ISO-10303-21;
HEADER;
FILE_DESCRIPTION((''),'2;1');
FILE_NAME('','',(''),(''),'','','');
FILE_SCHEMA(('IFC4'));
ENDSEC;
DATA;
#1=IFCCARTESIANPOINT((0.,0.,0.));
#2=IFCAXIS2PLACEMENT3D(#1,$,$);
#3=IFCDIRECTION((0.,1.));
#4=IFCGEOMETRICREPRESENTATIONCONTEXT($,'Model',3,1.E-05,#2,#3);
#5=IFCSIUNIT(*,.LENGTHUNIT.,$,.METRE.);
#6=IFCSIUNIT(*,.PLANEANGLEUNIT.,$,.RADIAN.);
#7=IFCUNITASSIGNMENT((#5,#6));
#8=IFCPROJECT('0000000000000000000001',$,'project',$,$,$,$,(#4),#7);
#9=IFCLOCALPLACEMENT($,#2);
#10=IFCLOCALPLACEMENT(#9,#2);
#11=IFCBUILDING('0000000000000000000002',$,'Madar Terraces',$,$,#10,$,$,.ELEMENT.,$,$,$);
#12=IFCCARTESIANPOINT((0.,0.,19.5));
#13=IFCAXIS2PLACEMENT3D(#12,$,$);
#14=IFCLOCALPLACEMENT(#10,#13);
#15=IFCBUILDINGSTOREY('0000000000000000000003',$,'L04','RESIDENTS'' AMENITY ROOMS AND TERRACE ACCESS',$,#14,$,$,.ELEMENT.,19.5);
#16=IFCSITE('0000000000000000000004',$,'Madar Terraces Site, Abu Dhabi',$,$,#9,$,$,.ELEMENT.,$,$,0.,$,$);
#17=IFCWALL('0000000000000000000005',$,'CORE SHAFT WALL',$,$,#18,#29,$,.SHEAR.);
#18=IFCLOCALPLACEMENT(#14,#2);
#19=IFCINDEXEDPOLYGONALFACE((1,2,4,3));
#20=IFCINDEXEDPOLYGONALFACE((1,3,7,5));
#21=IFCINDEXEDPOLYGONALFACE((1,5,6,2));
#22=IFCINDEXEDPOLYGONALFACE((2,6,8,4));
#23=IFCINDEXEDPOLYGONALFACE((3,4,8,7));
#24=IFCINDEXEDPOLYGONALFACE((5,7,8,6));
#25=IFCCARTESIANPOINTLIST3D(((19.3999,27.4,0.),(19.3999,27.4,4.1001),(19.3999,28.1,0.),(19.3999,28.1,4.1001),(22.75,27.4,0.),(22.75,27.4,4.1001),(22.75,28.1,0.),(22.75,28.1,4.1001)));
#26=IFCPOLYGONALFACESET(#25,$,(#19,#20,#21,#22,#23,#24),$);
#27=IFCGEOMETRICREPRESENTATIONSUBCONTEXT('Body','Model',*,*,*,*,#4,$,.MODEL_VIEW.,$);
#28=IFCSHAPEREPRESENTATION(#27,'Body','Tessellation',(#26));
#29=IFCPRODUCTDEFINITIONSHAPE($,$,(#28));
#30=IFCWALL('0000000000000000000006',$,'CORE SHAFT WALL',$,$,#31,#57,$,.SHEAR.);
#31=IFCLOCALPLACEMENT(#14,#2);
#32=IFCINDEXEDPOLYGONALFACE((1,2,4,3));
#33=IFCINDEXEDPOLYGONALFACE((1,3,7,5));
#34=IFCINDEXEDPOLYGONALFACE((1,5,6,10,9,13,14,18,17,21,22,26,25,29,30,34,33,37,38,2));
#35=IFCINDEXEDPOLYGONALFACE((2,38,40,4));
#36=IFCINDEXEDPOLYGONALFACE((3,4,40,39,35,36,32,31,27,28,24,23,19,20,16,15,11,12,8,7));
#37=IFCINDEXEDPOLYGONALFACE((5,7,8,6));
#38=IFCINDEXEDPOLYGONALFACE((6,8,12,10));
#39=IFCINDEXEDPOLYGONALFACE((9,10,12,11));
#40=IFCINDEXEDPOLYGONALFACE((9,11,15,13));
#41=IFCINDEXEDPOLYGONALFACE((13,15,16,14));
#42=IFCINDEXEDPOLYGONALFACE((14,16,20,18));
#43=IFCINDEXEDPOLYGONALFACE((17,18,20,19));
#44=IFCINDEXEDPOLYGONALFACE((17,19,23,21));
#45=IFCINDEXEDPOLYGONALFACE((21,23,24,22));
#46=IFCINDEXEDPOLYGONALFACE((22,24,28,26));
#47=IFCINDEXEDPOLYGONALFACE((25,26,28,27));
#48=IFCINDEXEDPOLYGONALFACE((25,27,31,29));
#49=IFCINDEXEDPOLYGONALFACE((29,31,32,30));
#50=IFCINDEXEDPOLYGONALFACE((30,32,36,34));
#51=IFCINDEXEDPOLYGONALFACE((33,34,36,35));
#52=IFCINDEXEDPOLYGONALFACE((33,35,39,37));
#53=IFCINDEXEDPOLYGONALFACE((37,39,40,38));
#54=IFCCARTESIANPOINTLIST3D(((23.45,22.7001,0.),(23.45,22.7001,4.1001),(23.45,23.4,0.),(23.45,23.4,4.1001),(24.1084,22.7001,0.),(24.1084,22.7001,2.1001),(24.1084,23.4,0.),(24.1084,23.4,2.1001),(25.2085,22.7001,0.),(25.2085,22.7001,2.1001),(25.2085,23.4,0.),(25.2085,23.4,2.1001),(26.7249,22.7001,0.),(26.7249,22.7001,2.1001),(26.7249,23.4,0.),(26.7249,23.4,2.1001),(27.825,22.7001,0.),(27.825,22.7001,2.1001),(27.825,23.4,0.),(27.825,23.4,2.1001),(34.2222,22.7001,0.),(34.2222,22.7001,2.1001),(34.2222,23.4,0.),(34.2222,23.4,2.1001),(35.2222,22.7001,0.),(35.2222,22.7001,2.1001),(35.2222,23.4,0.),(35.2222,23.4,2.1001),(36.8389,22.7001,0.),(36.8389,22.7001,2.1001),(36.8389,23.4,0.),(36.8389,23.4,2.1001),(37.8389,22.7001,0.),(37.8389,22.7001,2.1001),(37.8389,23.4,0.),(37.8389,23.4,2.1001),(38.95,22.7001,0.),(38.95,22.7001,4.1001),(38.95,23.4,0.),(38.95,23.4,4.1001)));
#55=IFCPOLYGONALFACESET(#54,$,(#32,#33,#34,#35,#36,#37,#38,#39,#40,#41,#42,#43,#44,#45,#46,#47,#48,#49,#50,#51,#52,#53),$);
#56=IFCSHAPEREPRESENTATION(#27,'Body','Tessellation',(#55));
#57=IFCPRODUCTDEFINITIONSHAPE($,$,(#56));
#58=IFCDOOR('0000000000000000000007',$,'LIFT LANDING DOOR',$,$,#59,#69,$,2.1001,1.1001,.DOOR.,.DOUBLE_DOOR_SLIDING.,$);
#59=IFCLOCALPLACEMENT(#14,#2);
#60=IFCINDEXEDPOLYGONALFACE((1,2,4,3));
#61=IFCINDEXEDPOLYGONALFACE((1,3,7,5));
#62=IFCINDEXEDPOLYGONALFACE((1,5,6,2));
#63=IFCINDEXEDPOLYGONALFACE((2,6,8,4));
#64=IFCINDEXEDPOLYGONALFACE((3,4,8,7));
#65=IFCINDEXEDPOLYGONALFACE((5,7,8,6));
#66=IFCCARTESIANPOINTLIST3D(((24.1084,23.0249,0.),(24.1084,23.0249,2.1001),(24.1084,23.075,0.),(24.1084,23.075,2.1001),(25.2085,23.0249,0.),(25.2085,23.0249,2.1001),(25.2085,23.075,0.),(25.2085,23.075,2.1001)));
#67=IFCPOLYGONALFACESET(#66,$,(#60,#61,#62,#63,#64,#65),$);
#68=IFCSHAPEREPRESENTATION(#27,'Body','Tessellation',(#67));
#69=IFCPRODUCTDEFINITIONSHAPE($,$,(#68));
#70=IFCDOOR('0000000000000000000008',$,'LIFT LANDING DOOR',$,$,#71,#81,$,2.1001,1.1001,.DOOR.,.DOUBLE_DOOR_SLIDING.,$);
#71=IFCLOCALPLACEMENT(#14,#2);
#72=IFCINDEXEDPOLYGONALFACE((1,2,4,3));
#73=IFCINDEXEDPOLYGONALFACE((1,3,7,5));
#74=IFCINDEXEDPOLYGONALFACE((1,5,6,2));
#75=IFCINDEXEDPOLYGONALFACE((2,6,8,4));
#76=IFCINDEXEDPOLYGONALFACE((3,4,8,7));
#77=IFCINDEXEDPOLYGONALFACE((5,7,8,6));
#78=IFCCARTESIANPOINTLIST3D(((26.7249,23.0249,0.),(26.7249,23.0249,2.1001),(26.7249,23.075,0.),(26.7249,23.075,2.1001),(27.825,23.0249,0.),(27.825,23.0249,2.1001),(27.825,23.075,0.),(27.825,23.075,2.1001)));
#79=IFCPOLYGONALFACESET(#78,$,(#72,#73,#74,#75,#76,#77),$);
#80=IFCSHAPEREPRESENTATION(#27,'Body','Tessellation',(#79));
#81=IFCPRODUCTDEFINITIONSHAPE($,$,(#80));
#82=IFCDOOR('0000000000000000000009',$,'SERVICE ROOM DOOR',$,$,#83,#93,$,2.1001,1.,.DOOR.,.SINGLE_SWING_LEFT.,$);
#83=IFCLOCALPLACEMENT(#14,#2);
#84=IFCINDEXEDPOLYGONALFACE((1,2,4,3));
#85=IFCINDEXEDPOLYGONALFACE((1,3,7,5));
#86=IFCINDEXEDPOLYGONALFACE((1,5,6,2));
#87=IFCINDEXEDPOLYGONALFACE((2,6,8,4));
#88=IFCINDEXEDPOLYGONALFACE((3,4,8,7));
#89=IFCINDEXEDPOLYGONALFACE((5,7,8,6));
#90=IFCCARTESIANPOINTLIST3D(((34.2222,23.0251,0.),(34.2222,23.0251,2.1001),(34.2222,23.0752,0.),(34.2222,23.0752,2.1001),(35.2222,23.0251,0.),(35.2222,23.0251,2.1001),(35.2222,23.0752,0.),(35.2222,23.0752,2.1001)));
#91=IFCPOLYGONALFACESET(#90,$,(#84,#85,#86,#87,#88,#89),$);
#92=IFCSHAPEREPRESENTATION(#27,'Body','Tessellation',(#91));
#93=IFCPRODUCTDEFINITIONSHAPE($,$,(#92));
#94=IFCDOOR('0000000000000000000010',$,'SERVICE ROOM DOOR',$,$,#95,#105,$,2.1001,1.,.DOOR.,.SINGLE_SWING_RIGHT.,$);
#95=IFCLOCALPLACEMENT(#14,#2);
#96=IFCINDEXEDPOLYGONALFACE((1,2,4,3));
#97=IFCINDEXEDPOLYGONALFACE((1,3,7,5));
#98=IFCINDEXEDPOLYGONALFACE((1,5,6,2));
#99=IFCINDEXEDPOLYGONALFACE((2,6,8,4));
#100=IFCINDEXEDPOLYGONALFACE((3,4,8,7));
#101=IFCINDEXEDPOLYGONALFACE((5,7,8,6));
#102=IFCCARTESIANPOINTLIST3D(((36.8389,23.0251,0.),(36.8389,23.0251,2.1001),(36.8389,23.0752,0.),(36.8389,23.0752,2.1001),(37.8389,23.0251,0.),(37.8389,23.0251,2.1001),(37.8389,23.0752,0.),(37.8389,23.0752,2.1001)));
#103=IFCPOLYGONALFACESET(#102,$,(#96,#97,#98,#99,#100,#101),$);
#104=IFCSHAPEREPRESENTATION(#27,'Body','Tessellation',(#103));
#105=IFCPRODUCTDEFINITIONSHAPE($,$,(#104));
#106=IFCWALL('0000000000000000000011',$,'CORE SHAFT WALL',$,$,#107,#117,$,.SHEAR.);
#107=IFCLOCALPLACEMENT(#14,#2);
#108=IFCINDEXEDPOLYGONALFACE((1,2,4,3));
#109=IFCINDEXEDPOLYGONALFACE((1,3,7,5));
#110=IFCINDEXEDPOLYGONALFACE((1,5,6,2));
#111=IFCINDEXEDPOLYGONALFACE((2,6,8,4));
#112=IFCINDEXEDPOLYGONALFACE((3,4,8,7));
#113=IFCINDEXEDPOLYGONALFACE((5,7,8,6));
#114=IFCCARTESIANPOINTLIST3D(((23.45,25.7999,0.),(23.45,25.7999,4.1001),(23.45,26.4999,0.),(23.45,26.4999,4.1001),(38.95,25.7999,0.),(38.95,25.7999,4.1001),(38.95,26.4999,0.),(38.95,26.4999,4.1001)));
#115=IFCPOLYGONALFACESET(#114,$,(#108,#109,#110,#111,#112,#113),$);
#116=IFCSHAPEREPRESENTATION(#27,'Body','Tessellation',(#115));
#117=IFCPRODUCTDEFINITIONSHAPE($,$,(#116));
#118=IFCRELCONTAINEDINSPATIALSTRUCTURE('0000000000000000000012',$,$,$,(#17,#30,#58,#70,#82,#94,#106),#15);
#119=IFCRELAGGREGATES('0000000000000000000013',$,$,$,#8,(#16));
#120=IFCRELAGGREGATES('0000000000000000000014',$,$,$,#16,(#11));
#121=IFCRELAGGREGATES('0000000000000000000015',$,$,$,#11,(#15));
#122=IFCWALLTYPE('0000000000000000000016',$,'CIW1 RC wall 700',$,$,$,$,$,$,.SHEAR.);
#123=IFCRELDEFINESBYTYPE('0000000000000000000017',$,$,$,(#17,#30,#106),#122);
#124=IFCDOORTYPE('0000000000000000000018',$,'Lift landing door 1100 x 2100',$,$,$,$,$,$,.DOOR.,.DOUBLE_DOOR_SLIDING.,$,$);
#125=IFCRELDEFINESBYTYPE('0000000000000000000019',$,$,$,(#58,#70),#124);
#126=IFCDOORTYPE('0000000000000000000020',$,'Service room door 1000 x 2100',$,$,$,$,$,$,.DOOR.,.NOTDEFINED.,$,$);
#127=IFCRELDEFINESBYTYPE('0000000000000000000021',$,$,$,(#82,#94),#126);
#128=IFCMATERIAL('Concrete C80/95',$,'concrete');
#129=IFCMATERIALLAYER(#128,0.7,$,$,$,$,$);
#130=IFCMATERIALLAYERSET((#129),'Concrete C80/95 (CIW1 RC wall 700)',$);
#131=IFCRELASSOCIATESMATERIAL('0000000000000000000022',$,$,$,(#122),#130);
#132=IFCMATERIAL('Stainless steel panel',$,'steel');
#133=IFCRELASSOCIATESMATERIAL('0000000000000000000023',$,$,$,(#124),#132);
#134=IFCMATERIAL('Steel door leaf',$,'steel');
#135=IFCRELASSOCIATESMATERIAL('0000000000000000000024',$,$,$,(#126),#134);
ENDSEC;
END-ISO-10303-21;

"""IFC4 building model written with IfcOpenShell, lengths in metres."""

from ifc_helpers import new_model, si_unit, direction, frame, frame_2d, origin, place, context, subcontext, project, spatial, rectangle, extrude, material, layer, layer_set, type_object, element, fill, save


model = new_model("IFC4")

# Units and contexts
model_context = context("Model", 3, precision=1e-05, world=origin(), true_north=direction((0.0, 1.0)))
body_context = subcontext(model_context, "Body", "Model", "MODEL_VIEW")
ifc_project = project(units=[si_unit("LENGTHUNIT", "METRE"), si_unit("PLANEANGLEUNIT", "RADIAN")], contexts=[model_context])

# Site, building, storey
site_placement = place(None, origin())
site = spatial("IfcSite", under=ifc_project, at=site_placement, Name="Madar Terraces Site, Abu Dhabi", CompositionType="ELEMENT", RefElevation=0.0)
building_placement = place(site_placement, origin())
building = spatial("IfcBuilding", under=site, at=building_placement, Name="Madar Terraces", CompositionType="ELEMENT")
storey_placement = place(building_placement, frame((0.0, 0.0, 19.5)))
storey = spatial("IfcBuildingStorey", under=building, at=storey_placement, Name="L04", Description="RESIDENTS' AMENITY ROOMS AND TERRACE ACCESS", CompositionType="ELEMENT", Elevation=19.5)

# Wall
ifc_material_1 = material(Name="Concrete C80/95", Category="concrete")
ifc_layer_1 = layer(ifc_material_1, 0.7)
ifc_layer_set_1 = layer_set([ifc_layer_1], Name="Concrete C80/95 (CIW1 RC wall 700)")
wall_type_1 = type_object("IfcWallType", Name="CIW1 RC wall 700", PredefinedType="SHEAR", material=ifc_layer_set_1)
wall_1_placement = place(storey_placement, frame((19.3999, 27.75, 0.0), z_axis=(0.0, 0.0, 1.0), x_axis=(1.0, 0.0, 0.0)))
element("IfcWall", 1, at=wall_1_placement, inside=storey, type_object=wall_type_1, Name="CORE SHAFT WALL", PredefinedType="SHEAR", context=body_context, shape_type="SweptSolid", body=[
    extrude(rectangle(XDim=3.3501, YDim=0.7, at=frame_2d((1.675, 0.0))), origin(), (0.0, 0.0, 1.0), 4.1001),
])

# Wall, openings, doors
wall_2_placement = place(storey_placement, frame((23.45, 23.05, 0.0), z_axis=(0.0, 0.0, 1.0), x_axis=(1.0, 0.0, 0.0)))
wall_2 = element("IfcWall", 2, at=wall_2_placement, inside=storey, type_object=wall_type_1, Name="CORE SHAFT WALL", PredefinedType="SHEAR", context=body_context, shape_type="SweptSolid", body=[
    extrude(rectangle(XDim=15.5, YDim=0.7, at=frame_2d((7.75, 0.0))), origin(), (0.0, 0.0, 1.0), 4.1001),
])
opening_1_placement = place(wall_2_placement, frame((0.6584, 0.0, 0.0)))
opening_1 = element("IfcOpeningElement", 3, at=opening_1_placement, cuts=wall_2, PredefinedType="OPENING", context=body_context, shape_type="SweptSolid", body=[
    extrude(rectangle(XDim=1.1001, YDim=2.1001, at=frame_2d((0.55, 1.05))), frame((0.0, 0.3599, 0.0), z_axis=(0.0, -1.0, 0.0), x_axis=(1.0, 0.0, 0.0)), (0.0, 0.0, 1.0), 0.72),
])
opening_2_placement = place(wall_2_placement, frame((3.2749, 0.0, 0.0)))
opening_2 = element("IfcOpeningElement", 4, at=opening_2_placement, cuts=wall_2, PredefinedType="OPENING", context=body_context, shape_type="SweptSolid", body=[
    extrude(rectangle(XDim=1.1001, YDim=2.1001, at=frame_2d((0.55, 1.05))), frame((0.0, 0.3599, 0.0), z_axis=(0.0, -1.0, 0.0), x_axis=(1.0, 0.0, 0.0)), (0.0, 0.0, 1.0), 0.72),
])
opening_3_placement = place(wall_2_placement, frame((10.7722, 0.0, 0.0)))
opening_3 = element("IfcOpeningElement", 5, at=opening_3_placement, cuts=wall_2, PredefinedType="OPENING", context=body_context, shape_type="SweptSolid", body=[
    extrude(rectangle(XDim=1.0, YDim=2.1001, at=frame_2d((0.5, 1.05))), frame((0.0, 0.3599, 0.0), z_axis=(0.0, -1.0, 0.0), x_axis=(1.0, 0.0, 0.0)), (0.0, 0.0, 1.0), 0.72),
])
opening_4_placement = place(wall_2_placement, frame((13.3889, 0.0, 0.0)))
opening_4 = element("IfcOpeningElement", 6, at=opening_4_placement, cuts=wall_2, PredefinedType="OPENING", context=body_context, shape_type="SweptSolid", body=[
    extrude(rectangle(XDim=1.0, YDim=2.1001, at=frame_2d((0.5, 1.05))), frame((0.0, 0.3599, 0.0), z_axis=(0.0, -1.0, 0.0), x_axis=(1.0, 0.0, 0.0)), (0.0, 0.0, 1.0), 0.72),
])
ifc_material_2 = material(Name="Stainless steel panel", Category="steel")
door_type_1 = type_object("IfcDoorType", Name="Lift landing door 1100 x 2100", OperationType="DOUBLE_DOOR_SLIDING", PredefinedType="DOOR", material=ifc_material_2)
door_1_placement = place(opening_1_placement, origin())
door_1 = element("IfcDoor", 7, at=door_1_placement, inside=storey, type_object=door_type_1, Name="LIFT LANDING DOOR", OperationType="DOUBLE_DOOR_SLIDING", OverallHeight=2.1001, OverallWidth=1.1001, PredefinedType="DOOR", context=body_context, shape_type="SweptSolid", body=[
    extrude(rectangle(XDim=1.1001, YDim=2.1001, at=frame_2d((0.55, 1.05))), frame((0.0, 0.0249, 0.0), z_axis=(0.0, -1.0, 0.0), x_axis=(1.0, 0.0, 0.0)), (0.0, 0.0, 1.0), 0.05),
])
fill(opening_1, door_1)
door_2_placement = place(opening_2_placement, origin())
door_2 = element("IfcDoor", 8, at=door_2_placement, inside=storey, type_object=door_type_1, Name="LIFT LANDING DOOR", OperationType="DOUBLE_DOOR_SLIDING", OverallHeight=2.1001, OverallWidth=1.1001, PredefinedType="DOOR", context=body_context, shape_type="SweptSolid", body=[
    extrude(rectangle(XDim=1.1001, YDim=2.1001, at=frame_2d((0.55, 1.05))), frame((0.0, 0.0249, 0.0), z_axis=(0.0, -1.0, 0.0), x_axis=(1.0, 0.0, 0.0)), (0.0, 0.0, 1.0), 0.05),
])
fill(opening_2, door_2)
ifc_material_3 = material(Name="Steel door leaf", Category="steel")
door_type_2 = type_object("IfcDoorType", Name="Service room door 1000 x 2100", OperationType="NOTDEFINED", PredefinedType="DOOR", material=ifc_material_3)
door_3_placement = place(opening_3_placement, frame((1.0, 0.0, 0.0), z_axis=(0.0, 0.0, 1.0), x_axis=(-1.0, 0.0, 0.0)))
door_3 = element("IfcDoor", 9, at=door_3_placement, inside=storey, type_object=door_type_2, Name="SERVICE ROOM DOOR", OperationType="SINGLE_SWING_LEFT", OverallHeight=2.1001, OverallWidth=1.0, PredefinedType="DOOR", context=body_context, shape_type="SweptSolid", body=[
    extrude(rectangle(XDim=1.0, YDim=2.1001, at=frame_2d((0.5, 1.05))), frame((0.0, 0.0249, 0.0), z_axis=(0.0, -1.0, 0.0), x_axis=(1.0, 0.0, 0.0)), (0.0, 0.0, 1.0), 0.05),
])
fill(opening_3, door_3)
door_4_placement = place(opening_4_placement, frame((1.0, 0.0, 0.0), z_axis=(0.0, 0.0, 1.0), x_axis=(-1.0, 0.0, 0.0)))
door_4 = element("IfcDoor", 10, at=door_4_placement, inside=storey, type_object=door_type_2, Name="SERVICE ROOM DOOR", OperationType="SINGLE_SWING_RIGHT", OverallHeight=2.1001, OverallWidth=1.0, PredefinedType="DOOR", context=body_context, shape_type="SweptSolid", body=[
    extrude(rectangle(XDim=1.0, YDim=2.1001, at=frame_2d((0.5, 1.05))), frame((0.0, 0.0249, 0.0), z_axis=(0.0, -1.0, 0.0), x_axis=(1.0, 0.0, 0.0)), (0.0, 0.0, 1.0), 0.05),
])
fill(opening_4, door_4)

# Wall
wall_3_placement = place(storey_placement, frame((23.45, 26.1499, 0.0), z_axis=(0.0, 0.0, 1.0), x_axis=(1.0, 0.0, 0.0)))
element("IfcWall", 11, at=wall_3_placement, inside=storey, type_object=wall_type_1, Name="CORE SHAFT WALL", PredefinedType="SHEAR", context=body_context, shape_type="SweptSolid", body=[
    extrude(rectangle(XDim=15.5, YDim=0.7, at=frame_2d((7.75, 0.0))), origin(), (0.0, 0.0, 1.0), 4.1001),
])

save(model, "model.ifc")
